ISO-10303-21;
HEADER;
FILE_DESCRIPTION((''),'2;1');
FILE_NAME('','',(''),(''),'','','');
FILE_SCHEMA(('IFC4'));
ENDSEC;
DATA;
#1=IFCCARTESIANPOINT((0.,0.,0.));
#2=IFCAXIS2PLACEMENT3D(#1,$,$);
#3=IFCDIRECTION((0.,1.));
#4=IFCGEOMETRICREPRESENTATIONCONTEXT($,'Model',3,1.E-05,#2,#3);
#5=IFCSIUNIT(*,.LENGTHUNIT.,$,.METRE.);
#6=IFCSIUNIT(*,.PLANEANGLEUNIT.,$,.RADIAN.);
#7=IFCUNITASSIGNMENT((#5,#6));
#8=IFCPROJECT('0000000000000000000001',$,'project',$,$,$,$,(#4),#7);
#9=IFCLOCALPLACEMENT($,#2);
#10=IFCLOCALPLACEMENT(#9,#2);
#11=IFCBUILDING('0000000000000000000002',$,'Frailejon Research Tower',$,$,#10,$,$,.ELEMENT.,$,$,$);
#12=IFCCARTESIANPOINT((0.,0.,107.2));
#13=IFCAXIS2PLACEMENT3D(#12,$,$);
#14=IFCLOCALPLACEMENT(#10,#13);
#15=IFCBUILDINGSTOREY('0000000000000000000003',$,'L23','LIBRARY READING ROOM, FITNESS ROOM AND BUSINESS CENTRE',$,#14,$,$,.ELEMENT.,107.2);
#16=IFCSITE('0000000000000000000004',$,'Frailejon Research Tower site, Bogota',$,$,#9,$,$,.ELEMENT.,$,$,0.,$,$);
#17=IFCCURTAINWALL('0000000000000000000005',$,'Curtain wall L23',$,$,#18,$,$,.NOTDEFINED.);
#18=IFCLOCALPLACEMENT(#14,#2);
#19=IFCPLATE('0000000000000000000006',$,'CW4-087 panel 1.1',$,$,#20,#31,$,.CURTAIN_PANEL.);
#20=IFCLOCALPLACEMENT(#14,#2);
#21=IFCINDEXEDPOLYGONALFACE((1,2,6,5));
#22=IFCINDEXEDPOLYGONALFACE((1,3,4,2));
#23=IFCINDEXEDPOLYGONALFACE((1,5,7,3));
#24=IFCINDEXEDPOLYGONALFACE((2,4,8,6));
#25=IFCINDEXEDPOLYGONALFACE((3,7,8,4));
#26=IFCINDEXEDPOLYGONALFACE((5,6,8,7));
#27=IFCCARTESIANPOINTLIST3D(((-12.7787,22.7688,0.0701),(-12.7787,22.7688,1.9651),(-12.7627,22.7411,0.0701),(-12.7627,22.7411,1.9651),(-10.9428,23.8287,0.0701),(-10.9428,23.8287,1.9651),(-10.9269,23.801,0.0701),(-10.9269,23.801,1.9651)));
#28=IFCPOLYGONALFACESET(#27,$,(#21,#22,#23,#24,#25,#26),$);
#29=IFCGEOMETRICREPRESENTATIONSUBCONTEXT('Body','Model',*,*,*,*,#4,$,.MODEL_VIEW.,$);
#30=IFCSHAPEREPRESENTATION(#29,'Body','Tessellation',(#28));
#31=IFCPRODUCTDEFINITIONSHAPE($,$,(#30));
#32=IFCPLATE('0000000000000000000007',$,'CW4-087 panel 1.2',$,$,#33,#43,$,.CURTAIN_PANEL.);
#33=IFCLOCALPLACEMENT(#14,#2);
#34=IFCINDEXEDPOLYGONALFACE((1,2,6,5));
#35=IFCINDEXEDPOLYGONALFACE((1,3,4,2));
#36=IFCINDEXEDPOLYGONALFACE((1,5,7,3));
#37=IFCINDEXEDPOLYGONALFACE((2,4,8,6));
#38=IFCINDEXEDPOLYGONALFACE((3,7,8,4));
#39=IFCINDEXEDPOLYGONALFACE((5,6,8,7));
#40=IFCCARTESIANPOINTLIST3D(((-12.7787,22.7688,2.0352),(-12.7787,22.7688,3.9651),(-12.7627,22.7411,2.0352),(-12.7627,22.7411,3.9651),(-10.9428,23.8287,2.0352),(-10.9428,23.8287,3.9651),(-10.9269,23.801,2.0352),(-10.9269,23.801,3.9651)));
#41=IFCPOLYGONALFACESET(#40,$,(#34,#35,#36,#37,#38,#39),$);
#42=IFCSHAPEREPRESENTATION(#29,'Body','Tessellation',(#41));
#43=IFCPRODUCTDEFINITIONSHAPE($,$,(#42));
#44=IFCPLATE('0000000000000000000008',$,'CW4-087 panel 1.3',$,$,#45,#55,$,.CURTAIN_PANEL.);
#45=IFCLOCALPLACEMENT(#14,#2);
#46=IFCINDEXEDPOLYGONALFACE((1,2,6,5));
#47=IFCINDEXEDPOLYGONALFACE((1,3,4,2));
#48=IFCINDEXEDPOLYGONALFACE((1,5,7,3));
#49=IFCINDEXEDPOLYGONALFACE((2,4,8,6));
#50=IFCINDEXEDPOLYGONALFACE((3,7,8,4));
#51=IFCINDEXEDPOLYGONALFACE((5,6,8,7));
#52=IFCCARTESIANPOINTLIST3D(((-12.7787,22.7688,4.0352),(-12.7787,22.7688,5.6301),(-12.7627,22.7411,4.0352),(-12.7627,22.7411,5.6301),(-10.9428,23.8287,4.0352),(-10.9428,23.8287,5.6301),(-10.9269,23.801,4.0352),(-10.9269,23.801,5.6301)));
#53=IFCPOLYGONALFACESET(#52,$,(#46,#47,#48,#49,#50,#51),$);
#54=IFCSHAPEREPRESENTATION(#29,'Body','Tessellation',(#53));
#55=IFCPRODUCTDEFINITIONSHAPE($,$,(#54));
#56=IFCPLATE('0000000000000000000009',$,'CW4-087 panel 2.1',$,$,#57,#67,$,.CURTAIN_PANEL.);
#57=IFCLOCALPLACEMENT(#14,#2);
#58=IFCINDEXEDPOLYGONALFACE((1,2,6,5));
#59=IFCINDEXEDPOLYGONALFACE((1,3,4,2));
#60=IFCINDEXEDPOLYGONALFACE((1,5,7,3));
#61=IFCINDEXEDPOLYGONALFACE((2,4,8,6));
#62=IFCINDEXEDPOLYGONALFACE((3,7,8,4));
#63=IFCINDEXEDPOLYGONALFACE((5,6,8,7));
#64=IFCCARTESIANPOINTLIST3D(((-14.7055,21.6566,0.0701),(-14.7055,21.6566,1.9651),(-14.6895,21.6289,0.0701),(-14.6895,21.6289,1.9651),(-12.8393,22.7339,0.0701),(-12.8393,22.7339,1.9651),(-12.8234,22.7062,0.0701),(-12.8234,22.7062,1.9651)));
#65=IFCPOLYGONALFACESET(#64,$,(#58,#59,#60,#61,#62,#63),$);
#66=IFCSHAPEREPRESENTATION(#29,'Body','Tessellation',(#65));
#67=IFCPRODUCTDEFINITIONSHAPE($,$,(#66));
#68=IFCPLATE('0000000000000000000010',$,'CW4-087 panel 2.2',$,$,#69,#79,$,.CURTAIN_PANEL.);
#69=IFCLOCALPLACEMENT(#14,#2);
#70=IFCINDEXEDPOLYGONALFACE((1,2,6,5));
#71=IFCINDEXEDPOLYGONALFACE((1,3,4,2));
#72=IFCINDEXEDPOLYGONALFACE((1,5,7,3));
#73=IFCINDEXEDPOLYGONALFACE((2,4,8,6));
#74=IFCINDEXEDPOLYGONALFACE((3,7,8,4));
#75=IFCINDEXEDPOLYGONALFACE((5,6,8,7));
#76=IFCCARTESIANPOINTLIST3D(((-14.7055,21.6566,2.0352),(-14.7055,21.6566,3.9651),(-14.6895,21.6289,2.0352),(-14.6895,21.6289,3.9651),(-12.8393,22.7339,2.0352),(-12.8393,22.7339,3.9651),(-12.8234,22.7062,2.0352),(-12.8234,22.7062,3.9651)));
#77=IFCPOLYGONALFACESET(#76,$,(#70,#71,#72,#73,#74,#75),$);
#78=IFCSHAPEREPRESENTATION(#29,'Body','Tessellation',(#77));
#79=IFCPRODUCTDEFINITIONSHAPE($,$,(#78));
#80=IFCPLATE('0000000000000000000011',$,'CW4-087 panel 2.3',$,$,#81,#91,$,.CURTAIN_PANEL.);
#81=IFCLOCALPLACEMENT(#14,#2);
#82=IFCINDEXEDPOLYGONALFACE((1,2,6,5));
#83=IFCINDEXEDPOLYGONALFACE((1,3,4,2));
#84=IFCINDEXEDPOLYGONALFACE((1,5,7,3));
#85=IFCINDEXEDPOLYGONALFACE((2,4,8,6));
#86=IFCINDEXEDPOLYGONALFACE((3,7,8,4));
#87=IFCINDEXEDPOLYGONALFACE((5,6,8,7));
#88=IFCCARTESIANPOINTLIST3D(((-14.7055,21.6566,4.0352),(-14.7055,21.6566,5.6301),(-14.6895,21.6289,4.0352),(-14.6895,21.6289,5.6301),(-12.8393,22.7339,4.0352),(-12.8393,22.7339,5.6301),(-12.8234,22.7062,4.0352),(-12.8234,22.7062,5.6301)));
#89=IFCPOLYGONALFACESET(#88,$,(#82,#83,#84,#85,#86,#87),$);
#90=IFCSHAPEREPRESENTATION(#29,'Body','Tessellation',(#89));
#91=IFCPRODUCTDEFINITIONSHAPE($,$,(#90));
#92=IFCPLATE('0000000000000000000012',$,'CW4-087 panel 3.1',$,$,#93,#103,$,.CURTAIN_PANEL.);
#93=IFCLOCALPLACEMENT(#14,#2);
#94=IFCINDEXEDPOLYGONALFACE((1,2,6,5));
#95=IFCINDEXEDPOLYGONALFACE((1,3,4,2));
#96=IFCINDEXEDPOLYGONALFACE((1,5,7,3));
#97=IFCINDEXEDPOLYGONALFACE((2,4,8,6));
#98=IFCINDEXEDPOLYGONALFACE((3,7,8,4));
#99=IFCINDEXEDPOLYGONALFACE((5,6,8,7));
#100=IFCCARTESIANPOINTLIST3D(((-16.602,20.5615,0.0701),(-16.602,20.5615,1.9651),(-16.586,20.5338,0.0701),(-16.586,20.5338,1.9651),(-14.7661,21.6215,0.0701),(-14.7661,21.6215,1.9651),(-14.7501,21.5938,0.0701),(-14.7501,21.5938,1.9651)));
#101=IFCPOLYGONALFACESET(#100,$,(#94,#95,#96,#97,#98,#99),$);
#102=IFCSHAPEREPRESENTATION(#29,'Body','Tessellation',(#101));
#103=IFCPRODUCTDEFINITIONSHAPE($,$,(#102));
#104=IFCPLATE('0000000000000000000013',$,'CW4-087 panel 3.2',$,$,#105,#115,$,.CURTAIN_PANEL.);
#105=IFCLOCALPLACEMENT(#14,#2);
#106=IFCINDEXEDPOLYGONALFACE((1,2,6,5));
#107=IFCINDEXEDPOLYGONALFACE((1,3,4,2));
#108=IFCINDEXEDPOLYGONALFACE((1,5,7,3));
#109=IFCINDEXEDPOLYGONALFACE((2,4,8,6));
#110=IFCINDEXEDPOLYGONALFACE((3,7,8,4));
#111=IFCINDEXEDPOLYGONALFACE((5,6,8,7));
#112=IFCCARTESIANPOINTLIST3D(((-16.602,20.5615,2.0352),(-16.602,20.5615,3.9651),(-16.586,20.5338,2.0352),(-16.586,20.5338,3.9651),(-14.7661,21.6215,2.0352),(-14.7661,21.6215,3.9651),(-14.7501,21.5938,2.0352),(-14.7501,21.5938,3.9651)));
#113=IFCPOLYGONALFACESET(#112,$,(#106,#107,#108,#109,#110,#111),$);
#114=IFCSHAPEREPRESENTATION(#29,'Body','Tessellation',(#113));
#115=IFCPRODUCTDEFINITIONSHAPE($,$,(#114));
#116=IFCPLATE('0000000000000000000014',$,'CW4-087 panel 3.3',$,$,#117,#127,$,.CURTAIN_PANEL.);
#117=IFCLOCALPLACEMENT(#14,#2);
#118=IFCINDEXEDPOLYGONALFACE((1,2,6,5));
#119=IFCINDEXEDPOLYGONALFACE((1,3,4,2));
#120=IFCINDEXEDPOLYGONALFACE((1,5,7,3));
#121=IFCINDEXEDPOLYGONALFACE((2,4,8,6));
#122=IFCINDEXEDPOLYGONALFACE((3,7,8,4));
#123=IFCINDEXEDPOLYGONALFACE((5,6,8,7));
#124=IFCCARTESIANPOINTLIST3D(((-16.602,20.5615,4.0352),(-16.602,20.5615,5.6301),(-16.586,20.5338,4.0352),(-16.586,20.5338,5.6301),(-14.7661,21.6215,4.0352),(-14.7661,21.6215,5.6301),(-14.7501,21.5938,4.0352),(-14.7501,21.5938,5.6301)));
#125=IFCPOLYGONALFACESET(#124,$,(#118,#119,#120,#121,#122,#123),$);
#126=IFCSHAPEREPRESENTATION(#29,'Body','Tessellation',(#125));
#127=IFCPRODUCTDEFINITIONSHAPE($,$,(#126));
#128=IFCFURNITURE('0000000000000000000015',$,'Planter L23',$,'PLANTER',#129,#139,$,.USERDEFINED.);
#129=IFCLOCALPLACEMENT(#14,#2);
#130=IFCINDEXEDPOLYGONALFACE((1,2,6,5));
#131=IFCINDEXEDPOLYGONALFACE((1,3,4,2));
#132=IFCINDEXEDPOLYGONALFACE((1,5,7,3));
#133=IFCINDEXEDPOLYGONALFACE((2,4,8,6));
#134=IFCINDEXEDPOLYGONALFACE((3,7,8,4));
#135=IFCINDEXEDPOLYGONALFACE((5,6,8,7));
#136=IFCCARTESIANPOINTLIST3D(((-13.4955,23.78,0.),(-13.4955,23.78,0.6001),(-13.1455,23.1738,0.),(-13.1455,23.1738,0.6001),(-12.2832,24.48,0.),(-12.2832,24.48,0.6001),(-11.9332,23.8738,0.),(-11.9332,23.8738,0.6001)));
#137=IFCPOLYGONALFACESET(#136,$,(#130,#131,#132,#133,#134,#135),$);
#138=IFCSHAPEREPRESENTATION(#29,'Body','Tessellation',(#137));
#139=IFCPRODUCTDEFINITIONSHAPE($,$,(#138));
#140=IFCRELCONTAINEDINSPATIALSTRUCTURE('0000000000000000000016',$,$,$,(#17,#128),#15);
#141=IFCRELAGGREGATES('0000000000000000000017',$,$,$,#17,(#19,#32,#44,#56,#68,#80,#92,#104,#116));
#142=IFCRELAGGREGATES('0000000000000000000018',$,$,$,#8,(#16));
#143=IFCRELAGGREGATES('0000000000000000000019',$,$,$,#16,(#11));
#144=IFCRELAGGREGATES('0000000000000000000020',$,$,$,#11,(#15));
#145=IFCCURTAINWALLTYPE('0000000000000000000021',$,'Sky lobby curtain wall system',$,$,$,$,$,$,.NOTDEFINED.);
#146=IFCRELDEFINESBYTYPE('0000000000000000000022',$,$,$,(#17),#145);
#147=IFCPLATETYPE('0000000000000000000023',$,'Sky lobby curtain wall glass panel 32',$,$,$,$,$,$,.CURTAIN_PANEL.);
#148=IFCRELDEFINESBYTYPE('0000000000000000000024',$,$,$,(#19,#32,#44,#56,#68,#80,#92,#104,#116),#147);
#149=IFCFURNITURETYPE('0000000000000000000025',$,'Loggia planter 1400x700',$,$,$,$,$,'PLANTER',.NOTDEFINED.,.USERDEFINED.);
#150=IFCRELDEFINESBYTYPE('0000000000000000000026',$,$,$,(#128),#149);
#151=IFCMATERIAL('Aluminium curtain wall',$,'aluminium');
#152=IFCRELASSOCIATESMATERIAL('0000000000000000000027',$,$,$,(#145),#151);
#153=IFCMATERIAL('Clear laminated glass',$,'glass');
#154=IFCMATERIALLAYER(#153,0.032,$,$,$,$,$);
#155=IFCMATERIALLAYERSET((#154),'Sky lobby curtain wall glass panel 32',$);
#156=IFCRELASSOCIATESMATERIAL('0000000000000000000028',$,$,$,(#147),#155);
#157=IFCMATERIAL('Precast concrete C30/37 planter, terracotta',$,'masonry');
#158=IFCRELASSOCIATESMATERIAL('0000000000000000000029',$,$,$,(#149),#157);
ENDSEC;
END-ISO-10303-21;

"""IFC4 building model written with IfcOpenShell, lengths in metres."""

from ifc_helpers import new_model, si_unit, direction, frame, origin, origin_2d, place, context, subcontext, project, spatial, rectangle, extrude, material, layer, layer_set, type_object, element, aggregate, save


model = new_model("IFC4")

# Units and contexts
model_context = context("Model", 3, precision=1e-05, world=origin(), true_north=direction((0.0, 1.0)))
body_context = subcontext(model_context, "Body", "Model", "MODEL_VIEW")
ifc_project = project(units=[si_unit("LENGTHUNIT", "METRE"), si_unit("PLANEANGLEUNIT", "RADIAN")], contexts=[model_context])

# Site, building, storey
site_placement = place(None, origin())
site = spatial("IfcSite", under=ifc_project, at=site_placement, Name="Frailejon Research Tower site, Bogota", CompositionType="ELEMENT", RefElevation=0.0)
building_placement = place(site_placement, origin())
building = spatial("IfcBuilding", under=site, at=building_placement, Name="Frailejon Research Tower", CompositionType="ELEMENT")
storey_placement = place(building_placement, frame((0.0, 0.0, 107.2)))
storey = spatial("IfcBuildingStorey", under=building, at=storey_placement, Name="L23", Description="LIBRARY READING ROOM, FITNESS ROOM AND BUSINESS CENTRE", CompositionType="ELEMENT", Elevation=107.2)

# Curtain wall, plates
ifc_material_1 = material(Name="Aluminium curtain wall", Category="aluminium")
curtain_wall_type = type_object("IfcCurtainWallType", Name="Sky lobby curtain wall system", PredefinedType="NOTDEFINED", material=ifc_material_1)
curtain_wall_placement = place(storey_placement, origin())
curtain_wall = element("IfcCurtainWall", 1, at=curtain_wall_placement, inside=storey, type_object=curtain_wall_type, Name="Curtain wall L23", PredefinedType="NOTDEFINED")
ifc_material_2 = material(Name="Clear laminated glass", Category="glass")
ifc_layer = layer(ifc_material_2, 0.032)
ifc_layer_set = layer_set([ifc_layer], Name="Sky lobby curtain wall glass panel 32")
plate_type = type_object("IfcPlateType", Name="Sky lobby curtain wall glass panel 32", PredefinedType="CURTAIN_PANEL", material=ifc_layer_set)
plate_1_placement = place(storey_placement, frame((-11.8528, 23.2849, 0.0701), z_axis=(0.0, 0.0, 1.0), x_axis=(-0.866026, -0.499998, 0.0)))
plate_1 = element("IfcPlate", 2, at=plate_1_placement, type_object=plate_type, Name="CW4-087 panel 1.1", PredefinedType="CURTAIN_PANEL", context=body_context, shape_type="SweptSolid", body=[
    extrude(rectangle(XDim=2.1199, YDim=0.032, at=origin_2d()), origin(), (0.0, 0.0, 1.0), 1.895),
])
plate_2_placement = place(storey_placement, frame((-11.8528, 23.2849, 2.0352), z_axis=(0.0, 0.0, 1.0), x_axis=(-0.866026, -0.499998, 0.0)))
plate_2 = element("IfcPlate", 3, at=plate_2_placement, type_object=plate_type, Name="CW4-087 panel 1.2", PredefinedType="CURTAIN_PANEL", context=body_context, shape_type="SweptSolid", body=[
    extrude(rectangle(XDim=2.1199, YDim=0.032, at=origin_2d()), origin(), (0.0, 0.0, 1.0), 1.9299),
])
plate_3_placement = place(storey_placement, frame((-11.8528, 23.2849, 4.0352), z_axis=(0.0, 0.0, 1.0), x_axis=(-0.866026, -0.499998, 0.0)))
plate_3 = element("IfcPlate", 4, at=plate_3_placement, type_object=plate_type, Name="CW4-087 panel 1.3", PredefinedType="CURTAIN_PANEL", context=body_context, shape_type="SweptSolid", body=[
    extrude(rectangle(XDim=2.1199, YDim=0.032, at=origin_2d()), origin(), (0.0, 0.0, 1.0), 1.595),
])
plate_4_placement = place(storey_placement, frame((-13.7644, 22.1814, 0.0701), z_axis=(0.0, 0.0, 1.0), x_axis=(-0.866026, -0.499998, 0.0)))
plate_4 = element("IfcPlate", 5, at=plate_4_placement, type_object=plate_type, Name="CW4-087 panel 2.1", PredefinedType="CURTAIN_PANEL", context=body_context, shape_type="SweptSolid", body=[
    extrude(rectangle(XDim=2.1548, YDim=0.032, at=origin_2d()), origin(), (0.0, 0.0, 1.0), 1.895),
])
plate_5_placement = place(storey_placement, frame((-13.7644, 22.1814, 2.0352), z_axis=(0.0, 0.0, 1.0), x_axis=(-0.866026, -0.499998, 0.0)))
plate_5 = element("IfcPlate", 6, at=plate_5_placement, type_object=plate_type, Name="CW4-087 panel 2.2", PredefinedType="CURTAIN_PANEL", context=body_context, shape_type="SweptSolid", body=[
    extrude(rectangle(XDim=2.1548, YDim=0.032, at=origin_2d()), origin(), (0.0, 0.0, 1.0), 1.9299),
])
plate_6_placement = place(storey_placement, frame((-13.7644, 22.1814, 4.0352), z_axis=(0.0, 0.0, 1.0), x_axis=(-0.866026, -0.499998, 0.0)))
plate_6 = element("IfcPlate", 7, at=plate_6_placement, type_object=plate_type, Name="CW4-087 panel 2.3", PredefinedType="CURTAIN_PANEL", context=body_context, shape_type="SweptSolid", body=[
    extrude(rectangle(XDim=2.1548, YDim=0.032, at=origin_2d()), origin(), (0.0, 0.0, 1.0), 1.595),
])
plate_7_placement = place(storey_placement, frame((-15.676, 21.0776, 0.0701), z_axis=(0.0, 0.0, 1.0), x_axis=(-0.866026, -0.499998, 0.0)))
plate_7 = element("IfcPlate", 8, at=plate_7_placement, type_object=plate_type, Name="CW4-087 panel 3.1", PredefinedType="CURTAIN_PANEL", context=body_context, shape_type="SweptSolid", body=[
    extrude(rectangle(XDim=2.1199, YDim=0.032, at=origin_2d()), origin(), (0.0, 0.0, 1.0), 1.895),
])
plate_8_placement = place(storey_placement, frame((-15.676, 21.0776, 2.0352), z_axis=(0.0, 0.0, 1.0), x_axis=(-0.866026, -0.499998, 0.0)))
plate_8 = element("IfcPlate", 9, at=plate_8_placement, type_object=plate_type, Name="CW4-087 panel 3.2", PredefinedType="CURTAIN_PANEL", context=body_context, shape_type="SweptSolid", body=[
    extrude(rectangle(XDim=2.1199, YDim=0.032, at=origin_2d()), origin(), (0.0, 0.0, 1.0), 1.9299),
])
plate_9_placement = place(storey_placement, frame((-15.676, 21.0776, 4.0352), z_axis=(0.0, 0.0, 1.0), x_axis=(-0.866026, -0.499998, 0.0)))
plate_9 = element("IfcPlate", 10, at=plate_9_placement, type_object=plate_type, Name="CW4-087 panel 3.3", PredefinedType="CURTAIN_PANEL", context=body_context, shape_type="SweptSolid", body=[
    extrude(rectangle(XDim=2.1199, YDim=0.032, at=origin_2d()), origin(), (0.0, 0.0, 1.0), 1.595),
])
aggregate(curtain_wall, [plate_1, plate_2, plate_3, plate_4, plate_5, plate_6, plate_7, plate_8, plate_9])

# Furniture
ifc_material_3 = material(Name="Precast concrete C30/37 planter, terracotta", Category="masonry")
furniture_type = type_object("IfcFurnitureType", Name="Loggia planter 1400x700", ElementType="PLANTER", AssemblyPlace="NOTDEFINED", PredefinedType="USERDEFINED", material=ifc_material_3)
furniture_placement = place(storey_placement, frame((-12.7144, 23.8269, 0.0), z_axis=(0.0, 0.0, 1.0), x_axis=(-0.866025, -0.5, 0.0)))
element("IfcFurniture", 11, at=furniture_placement, inside=storey, type_object=furniture_type, Name="Planter L23", ObjectType="PLANTER", PredefinedType="USERDEFINED", context=body_context, shape_type="SweptSolid", body=[
    extrude(rectangle(XDim=1.3999, YDim=0.7, at=origin_2d()), origin(), (0.0, 0.0, 1.0), 0.6001),
])

save(model, "model.ifc")
